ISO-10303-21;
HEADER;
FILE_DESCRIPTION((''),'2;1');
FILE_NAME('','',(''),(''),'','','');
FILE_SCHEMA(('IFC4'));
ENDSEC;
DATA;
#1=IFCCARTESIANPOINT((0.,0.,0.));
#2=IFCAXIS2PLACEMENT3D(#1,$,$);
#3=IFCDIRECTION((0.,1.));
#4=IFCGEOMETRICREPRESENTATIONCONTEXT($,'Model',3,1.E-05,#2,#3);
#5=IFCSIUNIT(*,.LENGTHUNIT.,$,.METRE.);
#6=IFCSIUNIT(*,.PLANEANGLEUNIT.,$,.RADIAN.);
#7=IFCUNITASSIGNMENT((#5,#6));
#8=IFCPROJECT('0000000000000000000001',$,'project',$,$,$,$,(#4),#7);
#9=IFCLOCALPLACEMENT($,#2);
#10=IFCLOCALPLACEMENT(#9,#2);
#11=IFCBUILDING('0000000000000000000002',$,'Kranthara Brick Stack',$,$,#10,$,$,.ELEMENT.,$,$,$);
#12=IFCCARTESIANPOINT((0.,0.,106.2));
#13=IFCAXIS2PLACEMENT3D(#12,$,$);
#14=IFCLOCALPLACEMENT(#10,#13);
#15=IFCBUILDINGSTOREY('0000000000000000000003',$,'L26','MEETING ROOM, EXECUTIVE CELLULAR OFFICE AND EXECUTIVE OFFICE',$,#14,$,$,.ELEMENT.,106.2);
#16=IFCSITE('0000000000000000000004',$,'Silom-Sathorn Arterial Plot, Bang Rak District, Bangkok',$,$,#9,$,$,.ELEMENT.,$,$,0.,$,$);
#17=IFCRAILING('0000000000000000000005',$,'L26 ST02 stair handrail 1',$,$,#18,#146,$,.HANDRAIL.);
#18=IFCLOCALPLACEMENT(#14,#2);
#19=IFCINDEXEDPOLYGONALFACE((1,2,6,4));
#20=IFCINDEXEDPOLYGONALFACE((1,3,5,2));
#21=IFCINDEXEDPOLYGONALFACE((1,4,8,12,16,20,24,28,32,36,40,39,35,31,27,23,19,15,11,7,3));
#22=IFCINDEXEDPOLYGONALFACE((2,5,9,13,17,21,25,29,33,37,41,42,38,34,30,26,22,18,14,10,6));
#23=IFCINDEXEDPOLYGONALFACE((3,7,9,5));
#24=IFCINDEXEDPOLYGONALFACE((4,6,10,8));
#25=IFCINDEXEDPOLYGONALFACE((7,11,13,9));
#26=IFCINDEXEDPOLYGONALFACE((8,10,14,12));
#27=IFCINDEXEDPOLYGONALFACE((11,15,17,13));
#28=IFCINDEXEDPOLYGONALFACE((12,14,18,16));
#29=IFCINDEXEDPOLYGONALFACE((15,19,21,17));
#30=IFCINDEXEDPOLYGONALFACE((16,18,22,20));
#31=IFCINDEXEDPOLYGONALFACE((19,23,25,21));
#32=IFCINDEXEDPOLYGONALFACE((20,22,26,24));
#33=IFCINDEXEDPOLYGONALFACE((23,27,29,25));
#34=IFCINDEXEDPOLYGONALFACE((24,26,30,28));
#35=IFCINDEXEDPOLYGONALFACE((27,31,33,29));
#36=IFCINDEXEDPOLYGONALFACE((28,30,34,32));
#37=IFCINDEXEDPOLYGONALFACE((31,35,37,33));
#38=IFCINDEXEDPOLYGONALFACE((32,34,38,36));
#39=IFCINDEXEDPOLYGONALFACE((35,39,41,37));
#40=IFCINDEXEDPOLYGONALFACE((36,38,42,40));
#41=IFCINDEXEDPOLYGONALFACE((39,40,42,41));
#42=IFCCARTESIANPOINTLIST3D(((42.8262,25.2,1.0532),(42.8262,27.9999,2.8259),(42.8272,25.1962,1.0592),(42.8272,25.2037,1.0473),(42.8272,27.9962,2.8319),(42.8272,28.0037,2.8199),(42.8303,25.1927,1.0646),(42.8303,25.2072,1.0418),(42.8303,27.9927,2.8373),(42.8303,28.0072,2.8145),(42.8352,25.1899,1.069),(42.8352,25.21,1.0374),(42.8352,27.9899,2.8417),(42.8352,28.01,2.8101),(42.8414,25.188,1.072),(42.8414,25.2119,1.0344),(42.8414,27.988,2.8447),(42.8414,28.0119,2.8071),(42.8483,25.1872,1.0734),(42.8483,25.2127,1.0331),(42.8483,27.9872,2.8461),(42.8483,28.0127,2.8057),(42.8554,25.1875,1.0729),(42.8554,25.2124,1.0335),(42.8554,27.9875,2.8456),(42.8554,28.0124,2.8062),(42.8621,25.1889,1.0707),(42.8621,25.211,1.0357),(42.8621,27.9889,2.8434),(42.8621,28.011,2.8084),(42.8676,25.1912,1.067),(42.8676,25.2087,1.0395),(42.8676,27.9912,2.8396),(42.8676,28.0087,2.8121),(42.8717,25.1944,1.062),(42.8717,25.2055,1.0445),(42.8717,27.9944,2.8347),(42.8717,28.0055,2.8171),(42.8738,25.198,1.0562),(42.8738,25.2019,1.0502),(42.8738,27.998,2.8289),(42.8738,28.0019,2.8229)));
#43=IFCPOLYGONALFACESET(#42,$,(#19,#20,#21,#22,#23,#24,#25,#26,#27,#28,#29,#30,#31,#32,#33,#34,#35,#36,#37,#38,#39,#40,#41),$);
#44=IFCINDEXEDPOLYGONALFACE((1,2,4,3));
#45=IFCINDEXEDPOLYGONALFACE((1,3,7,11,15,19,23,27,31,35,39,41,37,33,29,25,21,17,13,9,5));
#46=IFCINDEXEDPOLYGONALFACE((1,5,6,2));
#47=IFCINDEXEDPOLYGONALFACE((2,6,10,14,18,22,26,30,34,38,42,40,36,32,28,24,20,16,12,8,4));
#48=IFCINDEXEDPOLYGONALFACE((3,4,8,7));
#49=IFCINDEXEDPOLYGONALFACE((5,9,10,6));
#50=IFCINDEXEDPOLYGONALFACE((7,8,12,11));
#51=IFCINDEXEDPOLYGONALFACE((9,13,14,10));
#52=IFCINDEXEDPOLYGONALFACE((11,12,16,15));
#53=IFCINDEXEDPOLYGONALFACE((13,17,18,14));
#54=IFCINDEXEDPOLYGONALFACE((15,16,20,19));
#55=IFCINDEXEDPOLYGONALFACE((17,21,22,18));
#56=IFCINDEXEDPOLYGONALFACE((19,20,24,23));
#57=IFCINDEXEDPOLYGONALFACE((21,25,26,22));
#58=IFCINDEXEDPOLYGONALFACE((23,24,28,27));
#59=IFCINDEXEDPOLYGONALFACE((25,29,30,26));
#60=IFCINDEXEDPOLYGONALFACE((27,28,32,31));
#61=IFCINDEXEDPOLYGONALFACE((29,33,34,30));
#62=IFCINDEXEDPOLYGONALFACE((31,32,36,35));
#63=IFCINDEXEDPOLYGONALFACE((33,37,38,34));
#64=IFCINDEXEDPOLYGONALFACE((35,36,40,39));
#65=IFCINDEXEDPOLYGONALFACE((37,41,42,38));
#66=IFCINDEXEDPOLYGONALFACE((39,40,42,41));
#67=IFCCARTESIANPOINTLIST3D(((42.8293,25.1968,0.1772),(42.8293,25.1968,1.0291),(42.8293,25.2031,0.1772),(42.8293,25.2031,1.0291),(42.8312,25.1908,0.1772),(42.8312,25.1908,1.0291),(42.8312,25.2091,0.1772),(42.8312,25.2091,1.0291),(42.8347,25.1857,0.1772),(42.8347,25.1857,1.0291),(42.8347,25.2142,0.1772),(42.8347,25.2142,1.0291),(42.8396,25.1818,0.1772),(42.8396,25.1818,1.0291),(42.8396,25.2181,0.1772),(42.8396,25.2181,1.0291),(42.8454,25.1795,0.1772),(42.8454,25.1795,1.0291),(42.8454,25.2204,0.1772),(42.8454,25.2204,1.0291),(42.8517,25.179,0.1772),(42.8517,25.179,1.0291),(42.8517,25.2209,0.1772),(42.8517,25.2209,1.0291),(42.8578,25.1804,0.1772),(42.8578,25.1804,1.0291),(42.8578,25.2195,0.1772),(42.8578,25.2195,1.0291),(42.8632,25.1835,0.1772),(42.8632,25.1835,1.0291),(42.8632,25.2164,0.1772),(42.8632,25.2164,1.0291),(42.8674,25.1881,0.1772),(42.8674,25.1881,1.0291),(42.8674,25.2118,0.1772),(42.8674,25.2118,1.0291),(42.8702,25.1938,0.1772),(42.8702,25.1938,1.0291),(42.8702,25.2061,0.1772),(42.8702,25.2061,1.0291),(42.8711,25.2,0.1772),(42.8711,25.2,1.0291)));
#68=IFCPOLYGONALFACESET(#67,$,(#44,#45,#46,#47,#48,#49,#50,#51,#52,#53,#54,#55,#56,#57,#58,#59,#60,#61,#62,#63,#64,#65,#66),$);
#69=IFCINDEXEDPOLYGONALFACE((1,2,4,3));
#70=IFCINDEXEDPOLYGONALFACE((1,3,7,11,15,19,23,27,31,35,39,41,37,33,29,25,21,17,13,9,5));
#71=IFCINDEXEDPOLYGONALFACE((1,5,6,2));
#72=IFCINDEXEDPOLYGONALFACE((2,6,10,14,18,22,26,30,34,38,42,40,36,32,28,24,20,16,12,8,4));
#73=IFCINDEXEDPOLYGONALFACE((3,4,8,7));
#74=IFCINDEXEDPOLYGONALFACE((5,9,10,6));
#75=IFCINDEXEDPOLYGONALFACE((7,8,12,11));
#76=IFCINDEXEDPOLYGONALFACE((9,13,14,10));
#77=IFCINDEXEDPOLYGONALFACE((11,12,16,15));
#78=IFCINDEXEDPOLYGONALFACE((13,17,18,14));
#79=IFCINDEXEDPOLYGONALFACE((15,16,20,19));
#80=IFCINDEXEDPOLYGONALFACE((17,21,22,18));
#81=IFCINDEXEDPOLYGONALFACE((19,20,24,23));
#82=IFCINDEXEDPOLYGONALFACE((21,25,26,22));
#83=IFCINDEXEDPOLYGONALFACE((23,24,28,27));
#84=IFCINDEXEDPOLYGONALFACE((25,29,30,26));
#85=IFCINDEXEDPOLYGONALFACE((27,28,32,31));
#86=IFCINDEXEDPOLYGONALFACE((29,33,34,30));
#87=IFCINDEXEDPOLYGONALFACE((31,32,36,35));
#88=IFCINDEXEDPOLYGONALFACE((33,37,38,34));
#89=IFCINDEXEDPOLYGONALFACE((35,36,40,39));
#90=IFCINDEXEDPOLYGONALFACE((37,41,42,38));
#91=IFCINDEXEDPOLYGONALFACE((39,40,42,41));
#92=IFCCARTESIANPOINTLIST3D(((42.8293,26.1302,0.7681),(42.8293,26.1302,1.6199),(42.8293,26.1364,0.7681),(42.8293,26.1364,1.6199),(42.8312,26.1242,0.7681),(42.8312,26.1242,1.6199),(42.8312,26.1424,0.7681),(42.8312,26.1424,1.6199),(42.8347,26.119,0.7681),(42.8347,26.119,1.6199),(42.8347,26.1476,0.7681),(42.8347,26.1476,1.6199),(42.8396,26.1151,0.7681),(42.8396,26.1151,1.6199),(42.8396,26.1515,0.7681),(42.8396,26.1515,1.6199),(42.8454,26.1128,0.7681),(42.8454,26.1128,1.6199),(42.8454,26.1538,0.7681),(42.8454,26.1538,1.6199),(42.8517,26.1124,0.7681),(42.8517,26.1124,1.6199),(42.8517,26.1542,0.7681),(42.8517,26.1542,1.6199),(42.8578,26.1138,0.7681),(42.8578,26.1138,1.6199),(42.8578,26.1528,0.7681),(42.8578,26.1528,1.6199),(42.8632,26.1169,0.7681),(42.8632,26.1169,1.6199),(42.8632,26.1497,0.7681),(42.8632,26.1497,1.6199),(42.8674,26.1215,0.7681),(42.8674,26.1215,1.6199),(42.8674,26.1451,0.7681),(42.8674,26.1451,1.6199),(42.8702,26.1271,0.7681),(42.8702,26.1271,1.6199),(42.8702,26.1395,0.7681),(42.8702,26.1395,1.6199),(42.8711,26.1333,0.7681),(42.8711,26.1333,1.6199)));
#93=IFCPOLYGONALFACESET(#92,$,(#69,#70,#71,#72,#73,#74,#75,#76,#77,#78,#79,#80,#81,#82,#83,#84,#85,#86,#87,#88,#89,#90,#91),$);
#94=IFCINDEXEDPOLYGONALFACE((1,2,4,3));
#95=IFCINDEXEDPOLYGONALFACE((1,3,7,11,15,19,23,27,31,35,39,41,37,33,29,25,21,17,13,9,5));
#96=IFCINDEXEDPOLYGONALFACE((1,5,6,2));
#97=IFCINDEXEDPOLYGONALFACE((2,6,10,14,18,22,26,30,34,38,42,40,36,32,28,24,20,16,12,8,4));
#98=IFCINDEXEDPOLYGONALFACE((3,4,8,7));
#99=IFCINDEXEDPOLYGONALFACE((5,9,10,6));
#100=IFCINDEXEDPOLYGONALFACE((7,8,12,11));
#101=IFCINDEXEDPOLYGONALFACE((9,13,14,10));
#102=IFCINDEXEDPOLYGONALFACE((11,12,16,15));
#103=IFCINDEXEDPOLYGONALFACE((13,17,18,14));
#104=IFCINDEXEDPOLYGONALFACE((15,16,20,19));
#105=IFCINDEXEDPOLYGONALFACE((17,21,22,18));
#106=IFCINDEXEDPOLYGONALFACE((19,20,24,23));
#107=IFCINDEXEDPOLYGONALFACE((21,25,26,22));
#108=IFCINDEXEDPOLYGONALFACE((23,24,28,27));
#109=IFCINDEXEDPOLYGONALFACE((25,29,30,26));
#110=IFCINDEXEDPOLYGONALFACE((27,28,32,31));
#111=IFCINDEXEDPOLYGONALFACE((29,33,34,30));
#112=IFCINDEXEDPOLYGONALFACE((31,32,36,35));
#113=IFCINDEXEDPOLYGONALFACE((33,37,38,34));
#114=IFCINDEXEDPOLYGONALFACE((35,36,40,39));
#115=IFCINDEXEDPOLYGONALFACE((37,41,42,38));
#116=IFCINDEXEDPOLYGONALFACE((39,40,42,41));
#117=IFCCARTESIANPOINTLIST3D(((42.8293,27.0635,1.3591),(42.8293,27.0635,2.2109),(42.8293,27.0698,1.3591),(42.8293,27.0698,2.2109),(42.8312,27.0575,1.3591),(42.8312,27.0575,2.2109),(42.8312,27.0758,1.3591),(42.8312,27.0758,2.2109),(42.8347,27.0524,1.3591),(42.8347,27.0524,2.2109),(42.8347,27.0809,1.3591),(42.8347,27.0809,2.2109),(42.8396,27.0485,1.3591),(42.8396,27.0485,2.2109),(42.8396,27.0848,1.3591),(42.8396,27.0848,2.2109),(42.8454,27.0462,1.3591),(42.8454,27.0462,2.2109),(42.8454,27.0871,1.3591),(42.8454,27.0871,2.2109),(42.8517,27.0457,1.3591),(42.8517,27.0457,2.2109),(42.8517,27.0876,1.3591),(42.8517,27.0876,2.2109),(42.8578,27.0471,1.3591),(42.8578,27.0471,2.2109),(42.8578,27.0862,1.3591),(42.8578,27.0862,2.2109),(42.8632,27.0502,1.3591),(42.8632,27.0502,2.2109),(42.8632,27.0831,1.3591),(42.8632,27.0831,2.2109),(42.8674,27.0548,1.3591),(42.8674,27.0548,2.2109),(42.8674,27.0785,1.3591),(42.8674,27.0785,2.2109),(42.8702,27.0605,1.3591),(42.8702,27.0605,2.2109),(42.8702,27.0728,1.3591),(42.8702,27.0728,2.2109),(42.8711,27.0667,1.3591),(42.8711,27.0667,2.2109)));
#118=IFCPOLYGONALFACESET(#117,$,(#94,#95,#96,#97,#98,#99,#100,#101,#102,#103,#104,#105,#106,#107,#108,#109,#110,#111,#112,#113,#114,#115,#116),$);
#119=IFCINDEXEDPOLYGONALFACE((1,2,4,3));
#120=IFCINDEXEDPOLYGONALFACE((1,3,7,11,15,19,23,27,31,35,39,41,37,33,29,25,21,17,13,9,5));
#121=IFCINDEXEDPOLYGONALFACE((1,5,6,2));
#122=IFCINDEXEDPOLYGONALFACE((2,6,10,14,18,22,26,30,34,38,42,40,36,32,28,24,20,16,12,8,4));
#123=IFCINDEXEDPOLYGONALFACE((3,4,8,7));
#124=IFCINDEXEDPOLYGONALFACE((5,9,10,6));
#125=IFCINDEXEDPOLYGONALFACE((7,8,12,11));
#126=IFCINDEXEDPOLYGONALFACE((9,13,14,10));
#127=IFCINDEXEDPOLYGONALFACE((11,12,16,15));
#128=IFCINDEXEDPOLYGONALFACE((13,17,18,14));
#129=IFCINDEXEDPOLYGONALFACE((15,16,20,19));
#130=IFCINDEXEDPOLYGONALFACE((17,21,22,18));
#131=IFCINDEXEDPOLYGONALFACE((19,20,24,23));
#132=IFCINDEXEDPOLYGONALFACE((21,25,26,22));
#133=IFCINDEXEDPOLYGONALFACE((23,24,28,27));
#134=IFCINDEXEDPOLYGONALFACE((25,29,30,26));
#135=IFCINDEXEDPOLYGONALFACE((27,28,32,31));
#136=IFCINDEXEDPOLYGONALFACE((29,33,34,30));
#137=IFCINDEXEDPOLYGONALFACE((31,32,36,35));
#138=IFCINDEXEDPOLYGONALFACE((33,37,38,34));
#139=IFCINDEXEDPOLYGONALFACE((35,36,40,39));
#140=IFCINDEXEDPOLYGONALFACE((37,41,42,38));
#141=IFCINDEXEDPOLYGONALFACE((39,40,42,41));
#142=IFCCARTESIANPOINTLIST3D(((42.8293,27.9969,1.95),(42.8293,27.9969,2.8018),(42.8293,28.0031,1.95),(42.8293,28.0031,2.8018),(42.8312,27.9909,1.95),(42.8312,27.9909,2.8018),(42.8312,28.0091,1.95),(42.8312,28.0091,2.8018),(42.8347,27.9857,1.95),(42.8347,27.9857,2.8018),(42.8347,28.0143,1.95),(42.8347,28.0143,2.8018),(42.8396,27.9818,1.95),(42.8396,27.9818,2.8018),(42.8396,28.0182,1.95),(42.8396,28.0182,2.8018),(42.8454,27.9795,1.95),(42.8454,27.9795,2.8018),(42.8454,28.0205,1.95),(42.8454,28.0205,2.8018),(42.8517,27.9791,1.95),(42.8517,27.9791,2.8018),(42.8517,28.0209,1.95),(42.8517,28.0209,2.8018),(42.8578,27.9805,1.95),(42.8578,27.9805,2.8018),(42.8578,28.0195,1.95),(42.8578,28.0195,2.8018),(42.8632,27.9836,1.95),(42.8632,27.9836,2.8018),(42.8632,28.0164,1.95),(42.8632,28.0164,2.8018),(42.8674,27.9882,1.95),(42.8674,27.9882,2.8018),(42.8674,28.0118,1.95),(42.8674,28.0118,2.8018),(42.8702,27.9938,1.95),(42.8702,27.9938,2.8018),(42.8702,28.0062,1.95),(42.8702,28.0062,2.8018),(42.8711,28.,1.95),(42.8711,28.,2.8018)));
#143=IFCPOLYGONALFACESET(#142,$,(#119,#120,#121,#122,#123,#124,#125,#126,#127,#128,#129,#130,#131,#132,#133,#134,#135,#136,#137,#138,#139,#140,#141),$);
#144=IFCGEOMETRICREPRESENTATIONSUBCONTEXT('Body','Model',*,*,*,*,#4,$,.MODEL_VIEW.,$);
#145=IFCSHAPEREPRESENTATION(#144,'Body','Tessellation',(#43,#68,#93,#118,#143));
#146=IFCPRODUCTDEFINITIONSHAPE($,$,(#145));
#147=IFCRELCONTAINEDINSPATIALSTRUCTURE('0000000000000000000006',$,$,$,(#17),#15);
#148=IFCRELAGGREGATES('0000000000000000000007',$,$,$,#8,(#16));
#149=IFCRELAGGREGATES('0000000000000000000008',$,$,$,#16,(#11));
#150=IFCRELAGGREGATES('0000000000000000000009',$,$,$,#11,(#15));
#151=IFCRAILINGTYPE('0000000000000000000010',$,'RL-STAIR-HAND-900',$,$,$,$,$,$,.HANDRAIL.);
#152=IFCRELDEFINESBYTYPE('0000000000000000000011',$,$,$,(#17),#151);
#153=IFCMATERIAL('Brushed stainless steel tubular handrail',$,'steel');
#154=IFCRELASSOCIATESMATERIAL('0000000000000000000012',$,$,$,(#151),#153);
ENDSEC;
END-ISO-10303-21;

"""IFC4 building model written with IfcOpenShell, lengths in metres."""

from ifc_helpers import new_model, si_unit, direction, frame, origin, origin_2d, place, context, subcontext, project, spatial, circle, extrude, material, type_object, element, save


model = new_model("IFC4")

# Units and contexts
model_context = context("Model", 3, precision=1e-05, world=origin(), true_north=direction((0.0, 1.0)))
body_context = subcontext(model_context, "Body", "Model", "MODEL_VIEW")
ifc_project = project(units=[si_unit("LENGTHUNIT", "METRE"), si_unit("PLANEANGLEUNIT", "RADIAN")], contexts=[model_context])

# Site, building, storey
site_placement = place(None, origin())
site = spatial("IfcSite", under=ifc_project, at=site_placement, Name="Silom-Sathorn Arterial Plot, Bang Rak District, Bangkok", CompositionType="ELEMENT", RefElevation=0.0)
building_placement = place(site_placement, origin())
building = spatial("IfcBuilding", under=site, at=building_placement, Name="Kranthara Brick Stack", CompositionType="ELEMENT")
storey_placement = place(building_placement, frame((0.0, 0.0, 106.2)))
storey = spatial("IfcBuildingStorey", under=building, at=storey_placement, Name="L26", Description="MEETING ROOM, EXECUTIVE CELLULAR OFFICE AND EXECUTIVE OFFICE", CompositionType="ELEMENT", Elevation=106.2)

# Railing
ifc_material_1 = material(Name="Brushed stainless steel tubular handrail", Category="steel")
railing_type_1 = type_object("IfcRailingType", Name="RL-STAIR-HAND-900", PredefinedType="HANDRAIL", material=ifc_material_1)
railing_1_placement = place(storey_placement, frame((42.8501, 25.2, 0.1772)))
element("IfcRailing", 1, at=railing_1_placement, inside=storey, type_object=railing_type_1, Name="L26 ST02 stair handrail 1", PredefinedType="HANDRAIL", context=body_context, shape_type="SweptSolid", body=[
    extrude(circle(Radius=0.0239, at=origin_2d()), frame((0.0, 0.0, 0.876), z_axis=(0.0, 0.844909, 0.53491), x_axis=(-1.0, 0.0, 0.0)), (0.0, 0.0, 1.0), 3.314),
    extrude(circle(Radius=0.021, at=origin_2d()), origin(), (0.0, 0.0, 1.0), 0.8518),
    extrude(circle(Radius=0.021, at=origin_2d()), frame((0.0, 0.9333, 0.5908)), (0.0, 0.0, 1.0), 0.8518),
    extrude(circle(Radius=0.021, at=origin_2d()), frame((0.0, 1.8667, 1.1819)), (0.0, 0.0, 1.0), 0.8518),
    extrude(circle(Radius=0.021, at=origin_2d()), frame((0.0, 2.8, 1.7727)), (0.0, 0.0, 1.0), 0.8518),
])

save(model, "model.ifc")
